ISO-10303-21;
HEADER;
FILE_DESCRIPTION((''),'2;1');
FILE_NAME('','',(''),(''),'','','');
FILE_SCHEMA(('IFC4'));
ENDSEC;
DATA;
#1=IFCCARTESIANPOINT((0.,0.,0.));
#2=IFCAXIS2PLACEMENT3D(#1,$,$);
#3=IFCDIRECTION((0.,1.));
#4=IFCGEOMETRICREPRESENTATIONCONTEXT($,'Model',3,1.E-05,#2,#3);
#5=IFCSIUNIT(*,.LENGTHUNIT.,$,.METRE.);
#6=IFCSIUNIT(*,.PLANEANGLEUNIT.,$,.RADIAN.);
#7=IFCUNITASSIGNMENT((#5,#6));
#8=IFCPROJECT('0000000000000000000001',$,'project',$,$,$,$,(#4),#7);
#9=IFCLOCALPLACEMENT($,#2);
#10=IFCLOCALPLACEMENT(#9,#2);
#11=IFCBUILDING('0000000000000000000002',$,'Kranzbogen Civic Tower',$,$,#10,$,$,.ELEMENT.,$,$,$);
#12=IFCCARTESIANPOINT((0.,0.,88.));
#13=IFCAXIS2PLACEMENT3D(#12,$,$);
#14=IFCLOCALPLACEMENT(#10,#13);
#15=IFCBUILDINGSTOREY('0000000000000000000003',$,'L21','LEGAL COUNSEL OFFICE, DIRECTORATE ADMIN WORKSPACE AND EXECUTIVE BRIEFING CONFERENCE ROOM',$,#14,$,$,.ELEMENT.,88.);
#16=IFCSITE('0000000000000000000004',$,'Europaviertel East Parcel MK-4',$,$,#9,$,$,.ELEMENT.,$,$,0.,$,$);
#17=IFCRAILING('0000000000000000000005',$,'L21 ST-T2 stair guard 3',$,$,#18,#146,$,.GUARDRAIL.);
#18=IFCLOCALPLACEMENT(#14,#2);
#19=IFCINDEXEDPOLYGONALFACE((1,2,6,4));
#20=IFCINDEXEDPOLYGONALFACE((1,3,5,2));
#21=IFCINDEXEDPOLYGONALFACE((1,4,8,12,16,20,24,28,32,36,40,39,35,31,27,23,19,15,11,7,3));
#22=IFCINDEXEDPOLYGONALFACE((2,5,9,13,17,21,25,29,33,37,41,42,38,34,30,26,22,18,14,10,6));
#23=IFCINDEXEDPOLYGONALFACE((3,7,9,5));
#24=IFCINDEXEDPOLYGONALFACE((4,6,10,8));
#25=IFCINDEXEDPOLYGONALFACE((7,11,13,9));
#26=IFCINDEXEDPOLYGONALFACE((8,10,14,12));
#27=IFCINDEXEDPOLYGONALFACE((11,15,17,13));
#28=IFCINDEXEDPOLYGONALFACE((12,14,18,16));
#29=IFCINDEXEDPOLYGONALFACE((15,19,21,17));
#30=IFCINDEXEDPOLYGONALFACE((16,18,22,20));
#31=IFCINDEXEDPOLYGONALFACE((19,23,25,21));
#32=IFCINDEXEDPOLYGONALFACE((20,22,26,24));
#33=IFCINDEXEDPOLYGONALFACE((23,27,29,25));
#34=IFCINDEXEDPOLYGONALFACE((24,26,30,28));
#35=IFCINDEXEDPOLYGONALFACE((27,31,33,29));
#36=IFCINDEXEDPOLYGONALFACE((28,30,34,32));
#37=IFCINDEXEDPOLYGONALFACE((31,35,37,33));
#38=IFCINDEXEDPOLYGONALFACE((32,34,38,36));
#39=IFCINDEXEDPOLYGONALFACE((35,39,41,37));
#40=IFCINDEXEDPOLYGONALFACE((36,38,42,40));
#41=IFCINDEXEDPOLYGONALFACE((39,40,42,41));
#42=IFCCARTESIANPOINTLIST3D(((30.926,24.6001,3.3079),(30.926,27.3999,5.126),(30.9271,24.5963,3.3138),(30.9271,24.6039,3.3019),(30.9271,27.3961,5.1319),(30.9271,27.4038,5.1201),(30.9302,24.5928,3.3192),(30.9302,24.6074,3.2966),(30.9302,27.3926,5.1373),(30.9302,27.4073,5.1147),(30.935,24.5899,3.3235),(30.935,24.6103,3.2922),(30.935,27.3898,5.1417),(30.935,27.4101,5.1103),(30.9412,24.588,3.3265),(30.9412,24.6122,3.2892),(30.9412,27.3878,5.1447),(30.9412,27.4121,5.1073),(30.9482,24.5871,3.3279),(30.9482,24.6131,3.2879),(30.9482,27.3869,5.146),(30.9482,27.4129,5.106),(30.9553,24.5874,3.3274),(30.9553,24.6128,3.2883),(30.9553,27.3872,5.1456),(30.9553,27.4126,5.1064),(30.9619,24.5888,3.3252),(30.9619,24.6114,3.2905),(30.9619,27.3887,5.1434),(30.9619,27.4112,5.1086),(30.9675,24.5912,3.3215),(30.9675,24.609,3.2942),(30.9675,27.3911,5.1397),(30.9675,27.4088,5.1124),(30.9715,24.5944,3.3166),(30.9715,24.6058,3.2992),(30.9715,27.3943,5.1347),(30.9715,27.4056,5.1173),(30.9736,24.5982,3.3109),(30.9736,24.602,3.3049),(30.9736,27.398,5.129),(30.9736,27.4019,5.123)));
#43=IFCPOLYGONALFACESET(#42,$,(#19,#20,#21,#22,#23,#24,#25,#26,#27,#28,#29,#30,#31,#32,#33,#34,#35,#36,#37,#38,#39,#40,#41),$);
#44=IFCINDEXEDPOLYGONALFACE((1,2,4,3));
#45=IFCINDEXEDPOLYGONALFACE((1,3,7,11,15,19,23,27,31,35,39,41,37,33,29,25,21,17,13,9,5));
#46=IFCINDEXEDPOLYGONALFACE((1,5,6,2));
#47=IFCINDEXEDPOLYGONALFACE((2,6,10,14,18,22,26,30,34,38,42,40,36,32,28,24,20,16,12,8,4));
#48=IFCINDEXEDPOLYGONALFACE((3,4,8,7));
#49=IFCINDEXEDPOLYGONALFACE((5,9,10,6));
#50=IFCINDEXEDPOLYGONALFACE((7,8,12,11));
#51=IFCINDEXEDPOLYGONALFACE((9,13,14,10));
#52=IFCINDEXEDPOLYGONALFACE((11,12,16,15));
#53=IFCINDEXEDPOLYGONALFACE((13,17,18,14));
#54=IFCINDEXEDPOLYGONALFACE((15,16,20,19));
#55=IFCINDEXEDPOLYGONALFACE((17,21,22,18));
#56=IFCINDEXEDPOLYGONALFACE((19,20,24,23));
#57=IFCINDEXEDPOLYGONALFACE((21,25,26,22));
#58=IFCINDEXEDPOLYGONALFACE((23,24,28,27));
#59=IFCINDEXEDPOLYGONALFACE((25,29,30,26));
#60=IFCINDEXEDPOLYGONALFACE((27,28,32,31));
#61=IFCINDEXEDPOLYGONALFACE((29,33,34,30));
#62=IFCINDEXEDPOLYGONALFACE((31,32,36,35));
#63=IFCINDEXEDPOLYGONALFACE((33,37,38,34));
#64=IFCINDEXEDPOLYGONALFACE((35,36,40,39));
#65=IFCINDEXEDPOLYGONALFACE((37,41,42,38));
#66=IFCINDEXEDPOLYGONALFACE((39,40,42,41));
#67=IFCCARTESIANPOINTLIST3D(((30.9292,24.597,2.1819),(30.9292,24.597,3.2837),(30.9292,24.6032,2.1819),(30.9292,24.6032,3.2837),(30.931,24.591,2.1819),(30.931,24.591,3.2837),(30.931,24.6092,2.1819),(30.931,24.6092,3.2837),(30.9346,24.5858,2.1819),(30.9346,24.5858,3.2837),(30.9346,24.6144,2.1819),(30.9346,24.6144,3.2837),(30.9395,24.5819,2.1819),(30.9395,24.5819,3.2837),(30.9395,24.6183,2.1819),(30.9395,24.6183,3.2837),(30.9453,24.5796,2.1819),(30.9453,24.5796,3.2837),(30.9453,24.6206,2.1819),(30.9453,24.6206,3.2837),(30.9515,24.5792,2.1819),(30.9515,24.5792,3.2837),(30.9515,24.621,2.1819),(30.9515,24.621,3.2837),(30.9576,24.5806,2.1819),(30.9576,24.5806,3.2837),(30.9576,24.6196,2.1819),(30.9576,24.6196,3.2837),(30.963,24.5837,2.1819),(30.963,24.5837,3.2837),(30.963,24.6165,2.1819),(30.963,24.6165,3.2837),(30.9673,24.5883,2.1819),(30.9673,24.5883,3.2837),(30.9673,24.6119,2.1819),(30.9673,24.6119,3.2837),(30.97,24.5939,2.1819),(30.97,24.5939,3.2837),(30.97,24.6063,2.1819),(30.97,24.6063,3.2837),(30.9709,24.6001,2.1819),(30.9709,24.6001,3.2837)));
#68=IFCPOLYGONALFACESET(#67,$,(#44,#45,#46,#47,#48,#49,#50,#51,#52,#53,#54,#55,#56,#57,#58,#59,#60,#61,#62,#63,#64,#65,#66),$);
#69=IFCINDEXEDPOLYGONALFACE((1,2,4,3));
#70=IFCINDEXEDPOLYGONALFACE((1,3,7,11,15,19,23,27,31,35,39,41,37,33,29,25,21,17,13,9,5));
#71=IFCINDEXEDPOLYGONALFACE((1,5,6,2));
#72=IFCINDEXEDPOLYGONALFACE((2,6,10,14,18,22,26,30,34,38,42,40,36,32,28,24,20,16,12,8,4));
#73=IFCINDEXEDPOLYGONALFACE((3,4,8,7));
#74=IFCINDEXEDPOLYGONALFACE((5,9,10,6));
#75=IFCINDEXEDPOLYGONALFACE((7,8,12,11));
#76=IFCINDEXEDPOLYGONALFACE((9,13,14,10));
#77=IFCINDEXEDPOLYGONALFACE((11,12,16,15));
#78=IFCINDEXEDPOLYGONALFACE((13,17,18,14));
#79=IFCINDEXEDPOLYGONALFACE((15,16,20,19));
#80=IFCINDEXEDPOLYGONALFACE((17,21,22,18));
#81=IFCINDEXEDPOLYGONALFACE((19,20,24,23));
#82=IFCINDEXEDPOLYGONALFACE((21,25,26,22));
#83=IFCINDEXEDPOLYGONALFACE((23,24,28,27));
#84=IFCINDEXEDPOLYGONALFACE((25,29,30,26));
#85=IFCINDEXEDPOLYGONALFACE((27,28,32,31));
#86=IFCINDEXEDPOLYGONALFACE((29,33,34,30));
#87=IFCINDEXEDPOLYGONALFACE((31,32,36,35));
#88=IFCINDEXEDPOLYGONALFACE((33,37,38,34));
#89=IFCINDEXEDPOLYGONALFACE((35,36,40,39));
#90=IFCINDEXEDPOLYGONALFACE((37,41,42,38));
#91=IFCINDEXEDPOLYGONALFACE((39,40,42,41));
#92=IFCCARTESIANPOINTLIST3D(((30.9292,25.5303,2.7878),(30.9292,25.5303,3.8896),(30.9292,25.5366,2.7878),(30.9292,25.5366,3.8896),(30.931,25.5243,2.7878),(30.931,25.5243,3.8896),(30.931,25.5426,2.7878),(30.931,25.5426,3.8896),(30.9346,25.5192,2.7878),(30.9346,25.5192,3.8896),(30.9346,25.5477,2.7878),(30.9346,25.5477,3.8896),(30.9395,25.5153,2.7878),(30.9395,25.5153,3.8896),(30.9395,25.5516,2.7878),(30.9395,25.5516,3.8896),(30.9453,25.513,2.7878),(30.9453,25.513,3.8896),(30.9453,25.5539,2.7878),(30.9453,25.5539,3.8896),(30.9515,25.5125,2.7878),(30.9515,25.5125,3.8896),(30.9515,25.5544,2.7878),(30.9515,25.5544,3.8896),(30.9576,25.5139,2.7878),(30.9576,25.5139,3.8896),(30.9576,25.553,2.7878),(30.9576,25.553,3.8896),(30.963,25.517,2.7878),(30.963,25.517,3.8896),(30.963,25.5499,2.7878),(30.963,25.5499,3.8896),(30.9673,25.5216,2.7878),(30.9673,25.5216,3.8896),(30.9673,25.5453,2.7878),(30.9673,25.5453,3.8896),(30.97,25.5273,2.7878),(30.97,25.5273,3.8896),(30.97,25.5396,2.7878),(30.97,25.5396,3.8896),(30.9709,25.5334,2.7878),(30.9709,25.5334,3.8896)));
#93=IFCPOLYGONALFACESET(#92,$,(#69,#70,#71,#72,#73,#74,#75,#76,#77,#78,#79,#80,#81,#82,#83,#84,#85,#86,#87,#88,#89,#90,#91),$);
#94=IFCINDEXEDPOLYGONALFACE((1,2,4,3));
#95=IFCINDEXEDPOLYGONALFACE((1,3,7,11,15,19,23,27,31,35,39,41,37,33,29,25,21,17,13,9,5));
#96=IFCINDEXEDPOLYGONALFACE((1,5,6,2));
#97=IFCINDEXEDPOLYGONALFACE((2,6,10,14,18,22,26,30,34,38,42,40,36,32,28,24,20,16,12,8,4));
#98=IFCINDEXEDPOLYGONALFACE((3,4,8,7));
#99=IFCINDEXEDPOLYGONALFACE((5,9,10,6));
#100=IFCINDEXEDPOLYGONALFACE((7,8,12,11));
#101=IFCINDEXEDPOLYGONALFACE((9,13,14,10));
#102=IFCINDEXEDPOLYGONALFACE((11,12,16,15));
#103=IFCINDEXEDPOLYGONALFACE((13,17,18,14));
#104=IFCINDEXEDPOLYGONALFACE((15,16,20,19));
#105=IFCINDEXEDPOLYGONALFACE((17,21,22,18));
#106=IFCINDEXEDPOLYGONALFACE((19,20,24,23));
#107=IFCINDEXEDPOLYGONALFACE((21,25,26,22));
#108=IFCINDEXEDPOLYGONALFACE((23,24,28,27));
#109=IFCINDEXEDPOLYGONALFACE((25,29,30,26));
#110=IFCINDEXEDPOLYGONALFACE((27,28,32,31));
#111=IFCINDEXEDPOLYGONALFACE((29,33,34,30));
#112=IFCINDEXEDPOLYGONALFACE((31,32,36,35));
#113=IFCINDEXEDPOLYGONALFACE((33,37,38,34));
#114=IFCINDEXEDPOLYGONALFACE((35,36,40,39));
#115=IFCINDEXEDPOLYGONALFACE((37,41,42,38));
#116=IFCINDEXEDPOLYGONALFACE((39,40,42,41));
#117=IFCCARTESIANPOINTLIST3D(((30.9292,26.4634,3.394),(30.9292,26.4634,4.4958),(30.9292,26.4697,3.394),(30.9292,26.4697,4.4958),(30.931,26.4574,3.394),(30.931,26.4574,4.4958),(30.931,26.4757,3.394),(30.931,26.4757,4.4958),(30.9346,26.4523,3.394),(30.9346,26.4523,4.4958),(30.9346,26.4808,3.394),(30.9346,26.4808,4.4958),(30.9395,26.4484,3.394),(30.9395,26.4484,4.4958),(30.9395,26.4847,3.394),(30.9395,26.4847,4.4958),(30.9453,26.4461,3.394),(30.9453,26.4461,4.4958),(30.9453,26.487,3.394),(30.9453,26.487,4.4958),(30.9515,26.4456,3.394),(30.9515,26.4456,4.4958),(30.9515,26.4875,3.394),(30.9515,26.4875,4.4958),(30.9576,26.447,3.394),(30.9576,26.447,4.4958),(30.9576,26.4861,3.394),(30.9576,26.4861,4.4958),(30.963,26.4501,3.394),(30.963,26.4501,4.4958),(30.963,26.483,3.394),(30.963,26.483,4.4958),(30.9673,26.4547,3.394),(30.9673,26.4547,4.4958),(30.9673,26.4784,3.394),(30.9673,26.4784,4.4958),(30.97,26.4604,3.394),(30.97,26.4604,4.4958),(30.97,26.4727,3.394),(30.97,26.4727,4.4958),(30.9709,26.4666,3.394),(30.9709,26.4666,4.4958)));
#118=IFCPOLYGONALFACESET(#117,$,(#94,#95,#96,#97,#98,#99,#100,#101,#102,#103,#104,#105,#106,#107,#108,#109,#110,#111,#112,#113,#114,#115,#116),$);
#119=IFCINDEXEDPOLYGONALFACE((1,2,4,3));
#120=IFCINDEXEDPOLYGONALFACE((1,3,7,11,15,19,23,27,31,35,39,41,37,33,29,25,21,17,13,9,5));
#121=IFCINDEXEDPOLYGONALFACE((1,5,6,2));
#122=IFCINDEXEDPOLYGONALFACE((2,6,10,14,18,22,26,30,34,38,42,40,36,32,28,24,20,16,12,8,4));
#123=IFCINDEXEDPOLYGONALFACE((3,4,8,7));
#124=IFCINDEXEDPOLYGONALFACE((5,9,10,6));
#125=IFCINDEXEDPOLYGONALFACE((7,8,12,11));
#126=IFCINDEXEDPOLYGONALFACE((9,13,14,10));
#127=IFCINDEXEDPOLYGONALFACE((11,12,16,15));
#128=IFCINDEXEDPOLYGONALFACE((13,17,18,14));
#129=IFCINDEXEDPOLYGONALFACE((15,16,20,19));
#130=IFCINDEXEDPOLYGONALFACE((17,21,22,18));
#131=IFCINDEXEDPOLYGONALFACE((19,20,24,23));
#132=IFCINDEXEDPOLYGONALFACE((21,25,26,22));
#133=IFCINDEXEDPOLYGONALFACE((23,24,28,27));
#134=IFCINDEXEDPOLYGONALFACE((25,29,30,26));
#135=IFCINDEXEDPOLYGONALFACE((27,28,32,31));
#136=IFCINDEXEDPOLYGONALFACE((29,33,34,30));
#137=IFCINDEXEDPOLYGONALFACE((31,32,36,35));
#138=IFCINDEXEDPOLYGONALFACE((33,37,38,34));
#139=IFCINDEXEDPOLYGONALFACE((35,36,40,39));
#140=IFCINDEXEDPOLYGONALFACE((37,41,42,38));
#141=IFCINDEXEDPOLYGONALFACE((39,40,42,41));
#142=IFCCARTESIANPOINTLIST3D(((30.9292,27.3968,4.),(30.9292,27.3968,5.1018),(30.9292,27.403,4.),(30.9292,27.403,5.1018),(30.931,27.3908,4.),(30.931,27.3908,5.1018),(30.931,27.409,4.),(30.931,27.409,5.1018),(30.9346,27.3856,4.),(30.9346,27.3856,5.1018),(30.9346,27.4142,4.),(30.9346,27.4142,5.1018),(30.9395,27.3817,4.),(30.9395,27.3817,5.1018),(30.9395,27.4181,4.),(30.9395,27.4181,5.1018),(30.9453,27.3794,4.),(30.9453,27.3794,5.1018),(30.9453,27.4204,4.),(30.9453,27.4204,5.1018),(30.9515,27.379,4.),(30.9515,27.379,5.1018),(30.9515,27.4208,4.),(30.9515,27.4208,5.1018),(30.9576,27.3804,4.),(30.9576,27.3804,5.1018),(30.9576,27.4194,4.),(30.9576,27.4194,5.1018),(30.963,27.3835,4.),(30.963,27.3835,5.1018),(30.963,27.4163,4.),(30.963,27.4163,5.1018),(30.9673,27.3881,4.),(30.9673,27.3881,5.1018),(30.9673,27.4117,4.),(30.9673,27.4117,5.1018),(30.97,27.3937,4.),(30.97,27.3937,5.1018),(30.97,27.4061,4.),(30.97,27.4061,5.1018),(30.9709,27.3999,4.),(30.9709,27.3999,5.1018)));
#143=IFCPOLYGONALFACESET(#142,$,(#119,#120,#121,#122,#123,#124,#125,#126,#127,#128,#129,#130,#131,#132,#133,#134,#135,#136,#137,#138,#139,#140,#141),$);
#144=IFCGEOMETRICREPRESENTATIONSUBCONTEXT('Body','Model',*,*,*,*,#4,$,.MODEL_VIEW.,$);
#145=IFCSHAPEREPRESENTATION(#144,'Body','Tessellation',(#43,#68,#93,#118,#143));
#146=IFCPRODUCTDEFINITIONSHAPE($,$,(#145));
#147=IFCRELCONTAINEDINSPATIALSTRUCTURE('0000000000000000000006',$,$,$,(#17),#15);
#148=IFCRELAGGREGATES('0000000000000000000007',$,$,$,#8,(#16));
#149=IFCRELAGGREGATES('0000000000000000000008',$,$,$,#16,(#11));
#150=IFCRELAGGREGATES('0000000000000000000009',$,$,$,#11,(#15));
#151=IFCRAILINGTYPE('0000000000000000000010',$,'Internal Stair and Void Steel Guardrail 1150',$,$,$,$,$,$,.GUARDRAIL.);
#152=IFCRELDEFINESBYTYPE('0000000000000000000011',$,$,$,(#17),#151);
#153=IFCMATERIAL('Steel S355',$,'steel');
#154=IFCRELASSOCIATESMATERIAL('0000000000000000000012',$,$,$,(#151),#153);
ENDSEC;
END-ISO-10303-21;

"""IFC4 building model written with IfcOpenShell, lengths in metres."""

from ifc_helpers import new_model, si_unit, direction, frame, origin, origin_2d, place, context, subcontext, project, spatial, circle, extrude, material, type_object, element, save


model = new_model("IFC4")

# Units and contexts
model_context = context("Model", 3, precision=1e-05, world=origin(), true_north=direction((0.0, 1.0)))
body_context = subcontext(model_context, "Body", "Model", "MODEL_VIEW")
ifc_project = project(units=[si_unit("LENGTHUNIT", "METRE"), si_unit("PLANEANGLEUNIT", "RADIAN")], contexts=[model_context])

# Site, building, storey
site_placement = place(None, origin())
site = spatial("IfcSite", under=ifc_project, at=site_placement, Name="Europaviertel East Parcel MK-4", CompositionType="ELEMENT", RefElevation=0.0)
building_placement = place(site_placement, origin())
building = spatial("IfcBuilding", under=site, at=building_placement, Name="Kranzbogen Civic Tower", CompositionType="ELEMENT")
storey_placement = place(building_placement, frame((0.0, 0.0, 88.0)))
storey = spatial("IfcBuildingStorey", under=building, at=storey_placement, Name="L21", Description="LEGAL COUNSEL OFFICE, DIRECTORATE ADMIN WORKSPACE AND EXECUTIVE BRIEFING CONFERENCE ROOM", CompositionType="ELEMENT", Elevation=88.0)

# Shared definitions
ifc_material_1 = material(Name="Steel S355", Category="steel")

# Railing
railing_type_1 = type_object("IfcRailingType", Name="Internal Stair and Void Steel Guardrail 1150", PredefinedType="GUARDRAIL", material=ifc_material_1)
railing_1_placement = place(storey_placement, frame((30.95, 24.6001, 2.1819)))
element("IfcRailing", 1, at=railing_1_placement, inside=storey, type_object=railing_type_1, Name="L21 ST-T2 stair guard 3", PredefinedType="GUARDRAIL", context=body_context, shape_type="SweptSolid", body=[
    extrude(circle(Radius=0.0239, at=origin_2d()), frame((0.0, 0.0, 1.126), z_axis=(0.0, 0.838684, 0.544618), x_axis=(-1.0, 0.0, 0.0)), (0.0, 0.0, 1.0), 3.3384),
    extrude(circle(Radius=0.021, at=origin_2d()), origin(), (0.0, 0.0, 1.0), 1.1018),
    extrude(circle(Radius=0.021, at=origin_2d()), frame((0.0, 0.9333, 0.606)), (0.0, 0.0, 1.0), 1.1018),
    extrude(circle(Radius=0.021, at=origin_2d()), frame((0.0, 1.8665, 1.2122)), (0.0, 0.0, 1.0), 1.1018),
    extrude(circle(Radius=0.021, at=origin_2d()), frame((0.0, 2.7998, 1.8181)), (0.0, 0.0, 1.0), 1.1018),
])

save(model, "model.ifc")
